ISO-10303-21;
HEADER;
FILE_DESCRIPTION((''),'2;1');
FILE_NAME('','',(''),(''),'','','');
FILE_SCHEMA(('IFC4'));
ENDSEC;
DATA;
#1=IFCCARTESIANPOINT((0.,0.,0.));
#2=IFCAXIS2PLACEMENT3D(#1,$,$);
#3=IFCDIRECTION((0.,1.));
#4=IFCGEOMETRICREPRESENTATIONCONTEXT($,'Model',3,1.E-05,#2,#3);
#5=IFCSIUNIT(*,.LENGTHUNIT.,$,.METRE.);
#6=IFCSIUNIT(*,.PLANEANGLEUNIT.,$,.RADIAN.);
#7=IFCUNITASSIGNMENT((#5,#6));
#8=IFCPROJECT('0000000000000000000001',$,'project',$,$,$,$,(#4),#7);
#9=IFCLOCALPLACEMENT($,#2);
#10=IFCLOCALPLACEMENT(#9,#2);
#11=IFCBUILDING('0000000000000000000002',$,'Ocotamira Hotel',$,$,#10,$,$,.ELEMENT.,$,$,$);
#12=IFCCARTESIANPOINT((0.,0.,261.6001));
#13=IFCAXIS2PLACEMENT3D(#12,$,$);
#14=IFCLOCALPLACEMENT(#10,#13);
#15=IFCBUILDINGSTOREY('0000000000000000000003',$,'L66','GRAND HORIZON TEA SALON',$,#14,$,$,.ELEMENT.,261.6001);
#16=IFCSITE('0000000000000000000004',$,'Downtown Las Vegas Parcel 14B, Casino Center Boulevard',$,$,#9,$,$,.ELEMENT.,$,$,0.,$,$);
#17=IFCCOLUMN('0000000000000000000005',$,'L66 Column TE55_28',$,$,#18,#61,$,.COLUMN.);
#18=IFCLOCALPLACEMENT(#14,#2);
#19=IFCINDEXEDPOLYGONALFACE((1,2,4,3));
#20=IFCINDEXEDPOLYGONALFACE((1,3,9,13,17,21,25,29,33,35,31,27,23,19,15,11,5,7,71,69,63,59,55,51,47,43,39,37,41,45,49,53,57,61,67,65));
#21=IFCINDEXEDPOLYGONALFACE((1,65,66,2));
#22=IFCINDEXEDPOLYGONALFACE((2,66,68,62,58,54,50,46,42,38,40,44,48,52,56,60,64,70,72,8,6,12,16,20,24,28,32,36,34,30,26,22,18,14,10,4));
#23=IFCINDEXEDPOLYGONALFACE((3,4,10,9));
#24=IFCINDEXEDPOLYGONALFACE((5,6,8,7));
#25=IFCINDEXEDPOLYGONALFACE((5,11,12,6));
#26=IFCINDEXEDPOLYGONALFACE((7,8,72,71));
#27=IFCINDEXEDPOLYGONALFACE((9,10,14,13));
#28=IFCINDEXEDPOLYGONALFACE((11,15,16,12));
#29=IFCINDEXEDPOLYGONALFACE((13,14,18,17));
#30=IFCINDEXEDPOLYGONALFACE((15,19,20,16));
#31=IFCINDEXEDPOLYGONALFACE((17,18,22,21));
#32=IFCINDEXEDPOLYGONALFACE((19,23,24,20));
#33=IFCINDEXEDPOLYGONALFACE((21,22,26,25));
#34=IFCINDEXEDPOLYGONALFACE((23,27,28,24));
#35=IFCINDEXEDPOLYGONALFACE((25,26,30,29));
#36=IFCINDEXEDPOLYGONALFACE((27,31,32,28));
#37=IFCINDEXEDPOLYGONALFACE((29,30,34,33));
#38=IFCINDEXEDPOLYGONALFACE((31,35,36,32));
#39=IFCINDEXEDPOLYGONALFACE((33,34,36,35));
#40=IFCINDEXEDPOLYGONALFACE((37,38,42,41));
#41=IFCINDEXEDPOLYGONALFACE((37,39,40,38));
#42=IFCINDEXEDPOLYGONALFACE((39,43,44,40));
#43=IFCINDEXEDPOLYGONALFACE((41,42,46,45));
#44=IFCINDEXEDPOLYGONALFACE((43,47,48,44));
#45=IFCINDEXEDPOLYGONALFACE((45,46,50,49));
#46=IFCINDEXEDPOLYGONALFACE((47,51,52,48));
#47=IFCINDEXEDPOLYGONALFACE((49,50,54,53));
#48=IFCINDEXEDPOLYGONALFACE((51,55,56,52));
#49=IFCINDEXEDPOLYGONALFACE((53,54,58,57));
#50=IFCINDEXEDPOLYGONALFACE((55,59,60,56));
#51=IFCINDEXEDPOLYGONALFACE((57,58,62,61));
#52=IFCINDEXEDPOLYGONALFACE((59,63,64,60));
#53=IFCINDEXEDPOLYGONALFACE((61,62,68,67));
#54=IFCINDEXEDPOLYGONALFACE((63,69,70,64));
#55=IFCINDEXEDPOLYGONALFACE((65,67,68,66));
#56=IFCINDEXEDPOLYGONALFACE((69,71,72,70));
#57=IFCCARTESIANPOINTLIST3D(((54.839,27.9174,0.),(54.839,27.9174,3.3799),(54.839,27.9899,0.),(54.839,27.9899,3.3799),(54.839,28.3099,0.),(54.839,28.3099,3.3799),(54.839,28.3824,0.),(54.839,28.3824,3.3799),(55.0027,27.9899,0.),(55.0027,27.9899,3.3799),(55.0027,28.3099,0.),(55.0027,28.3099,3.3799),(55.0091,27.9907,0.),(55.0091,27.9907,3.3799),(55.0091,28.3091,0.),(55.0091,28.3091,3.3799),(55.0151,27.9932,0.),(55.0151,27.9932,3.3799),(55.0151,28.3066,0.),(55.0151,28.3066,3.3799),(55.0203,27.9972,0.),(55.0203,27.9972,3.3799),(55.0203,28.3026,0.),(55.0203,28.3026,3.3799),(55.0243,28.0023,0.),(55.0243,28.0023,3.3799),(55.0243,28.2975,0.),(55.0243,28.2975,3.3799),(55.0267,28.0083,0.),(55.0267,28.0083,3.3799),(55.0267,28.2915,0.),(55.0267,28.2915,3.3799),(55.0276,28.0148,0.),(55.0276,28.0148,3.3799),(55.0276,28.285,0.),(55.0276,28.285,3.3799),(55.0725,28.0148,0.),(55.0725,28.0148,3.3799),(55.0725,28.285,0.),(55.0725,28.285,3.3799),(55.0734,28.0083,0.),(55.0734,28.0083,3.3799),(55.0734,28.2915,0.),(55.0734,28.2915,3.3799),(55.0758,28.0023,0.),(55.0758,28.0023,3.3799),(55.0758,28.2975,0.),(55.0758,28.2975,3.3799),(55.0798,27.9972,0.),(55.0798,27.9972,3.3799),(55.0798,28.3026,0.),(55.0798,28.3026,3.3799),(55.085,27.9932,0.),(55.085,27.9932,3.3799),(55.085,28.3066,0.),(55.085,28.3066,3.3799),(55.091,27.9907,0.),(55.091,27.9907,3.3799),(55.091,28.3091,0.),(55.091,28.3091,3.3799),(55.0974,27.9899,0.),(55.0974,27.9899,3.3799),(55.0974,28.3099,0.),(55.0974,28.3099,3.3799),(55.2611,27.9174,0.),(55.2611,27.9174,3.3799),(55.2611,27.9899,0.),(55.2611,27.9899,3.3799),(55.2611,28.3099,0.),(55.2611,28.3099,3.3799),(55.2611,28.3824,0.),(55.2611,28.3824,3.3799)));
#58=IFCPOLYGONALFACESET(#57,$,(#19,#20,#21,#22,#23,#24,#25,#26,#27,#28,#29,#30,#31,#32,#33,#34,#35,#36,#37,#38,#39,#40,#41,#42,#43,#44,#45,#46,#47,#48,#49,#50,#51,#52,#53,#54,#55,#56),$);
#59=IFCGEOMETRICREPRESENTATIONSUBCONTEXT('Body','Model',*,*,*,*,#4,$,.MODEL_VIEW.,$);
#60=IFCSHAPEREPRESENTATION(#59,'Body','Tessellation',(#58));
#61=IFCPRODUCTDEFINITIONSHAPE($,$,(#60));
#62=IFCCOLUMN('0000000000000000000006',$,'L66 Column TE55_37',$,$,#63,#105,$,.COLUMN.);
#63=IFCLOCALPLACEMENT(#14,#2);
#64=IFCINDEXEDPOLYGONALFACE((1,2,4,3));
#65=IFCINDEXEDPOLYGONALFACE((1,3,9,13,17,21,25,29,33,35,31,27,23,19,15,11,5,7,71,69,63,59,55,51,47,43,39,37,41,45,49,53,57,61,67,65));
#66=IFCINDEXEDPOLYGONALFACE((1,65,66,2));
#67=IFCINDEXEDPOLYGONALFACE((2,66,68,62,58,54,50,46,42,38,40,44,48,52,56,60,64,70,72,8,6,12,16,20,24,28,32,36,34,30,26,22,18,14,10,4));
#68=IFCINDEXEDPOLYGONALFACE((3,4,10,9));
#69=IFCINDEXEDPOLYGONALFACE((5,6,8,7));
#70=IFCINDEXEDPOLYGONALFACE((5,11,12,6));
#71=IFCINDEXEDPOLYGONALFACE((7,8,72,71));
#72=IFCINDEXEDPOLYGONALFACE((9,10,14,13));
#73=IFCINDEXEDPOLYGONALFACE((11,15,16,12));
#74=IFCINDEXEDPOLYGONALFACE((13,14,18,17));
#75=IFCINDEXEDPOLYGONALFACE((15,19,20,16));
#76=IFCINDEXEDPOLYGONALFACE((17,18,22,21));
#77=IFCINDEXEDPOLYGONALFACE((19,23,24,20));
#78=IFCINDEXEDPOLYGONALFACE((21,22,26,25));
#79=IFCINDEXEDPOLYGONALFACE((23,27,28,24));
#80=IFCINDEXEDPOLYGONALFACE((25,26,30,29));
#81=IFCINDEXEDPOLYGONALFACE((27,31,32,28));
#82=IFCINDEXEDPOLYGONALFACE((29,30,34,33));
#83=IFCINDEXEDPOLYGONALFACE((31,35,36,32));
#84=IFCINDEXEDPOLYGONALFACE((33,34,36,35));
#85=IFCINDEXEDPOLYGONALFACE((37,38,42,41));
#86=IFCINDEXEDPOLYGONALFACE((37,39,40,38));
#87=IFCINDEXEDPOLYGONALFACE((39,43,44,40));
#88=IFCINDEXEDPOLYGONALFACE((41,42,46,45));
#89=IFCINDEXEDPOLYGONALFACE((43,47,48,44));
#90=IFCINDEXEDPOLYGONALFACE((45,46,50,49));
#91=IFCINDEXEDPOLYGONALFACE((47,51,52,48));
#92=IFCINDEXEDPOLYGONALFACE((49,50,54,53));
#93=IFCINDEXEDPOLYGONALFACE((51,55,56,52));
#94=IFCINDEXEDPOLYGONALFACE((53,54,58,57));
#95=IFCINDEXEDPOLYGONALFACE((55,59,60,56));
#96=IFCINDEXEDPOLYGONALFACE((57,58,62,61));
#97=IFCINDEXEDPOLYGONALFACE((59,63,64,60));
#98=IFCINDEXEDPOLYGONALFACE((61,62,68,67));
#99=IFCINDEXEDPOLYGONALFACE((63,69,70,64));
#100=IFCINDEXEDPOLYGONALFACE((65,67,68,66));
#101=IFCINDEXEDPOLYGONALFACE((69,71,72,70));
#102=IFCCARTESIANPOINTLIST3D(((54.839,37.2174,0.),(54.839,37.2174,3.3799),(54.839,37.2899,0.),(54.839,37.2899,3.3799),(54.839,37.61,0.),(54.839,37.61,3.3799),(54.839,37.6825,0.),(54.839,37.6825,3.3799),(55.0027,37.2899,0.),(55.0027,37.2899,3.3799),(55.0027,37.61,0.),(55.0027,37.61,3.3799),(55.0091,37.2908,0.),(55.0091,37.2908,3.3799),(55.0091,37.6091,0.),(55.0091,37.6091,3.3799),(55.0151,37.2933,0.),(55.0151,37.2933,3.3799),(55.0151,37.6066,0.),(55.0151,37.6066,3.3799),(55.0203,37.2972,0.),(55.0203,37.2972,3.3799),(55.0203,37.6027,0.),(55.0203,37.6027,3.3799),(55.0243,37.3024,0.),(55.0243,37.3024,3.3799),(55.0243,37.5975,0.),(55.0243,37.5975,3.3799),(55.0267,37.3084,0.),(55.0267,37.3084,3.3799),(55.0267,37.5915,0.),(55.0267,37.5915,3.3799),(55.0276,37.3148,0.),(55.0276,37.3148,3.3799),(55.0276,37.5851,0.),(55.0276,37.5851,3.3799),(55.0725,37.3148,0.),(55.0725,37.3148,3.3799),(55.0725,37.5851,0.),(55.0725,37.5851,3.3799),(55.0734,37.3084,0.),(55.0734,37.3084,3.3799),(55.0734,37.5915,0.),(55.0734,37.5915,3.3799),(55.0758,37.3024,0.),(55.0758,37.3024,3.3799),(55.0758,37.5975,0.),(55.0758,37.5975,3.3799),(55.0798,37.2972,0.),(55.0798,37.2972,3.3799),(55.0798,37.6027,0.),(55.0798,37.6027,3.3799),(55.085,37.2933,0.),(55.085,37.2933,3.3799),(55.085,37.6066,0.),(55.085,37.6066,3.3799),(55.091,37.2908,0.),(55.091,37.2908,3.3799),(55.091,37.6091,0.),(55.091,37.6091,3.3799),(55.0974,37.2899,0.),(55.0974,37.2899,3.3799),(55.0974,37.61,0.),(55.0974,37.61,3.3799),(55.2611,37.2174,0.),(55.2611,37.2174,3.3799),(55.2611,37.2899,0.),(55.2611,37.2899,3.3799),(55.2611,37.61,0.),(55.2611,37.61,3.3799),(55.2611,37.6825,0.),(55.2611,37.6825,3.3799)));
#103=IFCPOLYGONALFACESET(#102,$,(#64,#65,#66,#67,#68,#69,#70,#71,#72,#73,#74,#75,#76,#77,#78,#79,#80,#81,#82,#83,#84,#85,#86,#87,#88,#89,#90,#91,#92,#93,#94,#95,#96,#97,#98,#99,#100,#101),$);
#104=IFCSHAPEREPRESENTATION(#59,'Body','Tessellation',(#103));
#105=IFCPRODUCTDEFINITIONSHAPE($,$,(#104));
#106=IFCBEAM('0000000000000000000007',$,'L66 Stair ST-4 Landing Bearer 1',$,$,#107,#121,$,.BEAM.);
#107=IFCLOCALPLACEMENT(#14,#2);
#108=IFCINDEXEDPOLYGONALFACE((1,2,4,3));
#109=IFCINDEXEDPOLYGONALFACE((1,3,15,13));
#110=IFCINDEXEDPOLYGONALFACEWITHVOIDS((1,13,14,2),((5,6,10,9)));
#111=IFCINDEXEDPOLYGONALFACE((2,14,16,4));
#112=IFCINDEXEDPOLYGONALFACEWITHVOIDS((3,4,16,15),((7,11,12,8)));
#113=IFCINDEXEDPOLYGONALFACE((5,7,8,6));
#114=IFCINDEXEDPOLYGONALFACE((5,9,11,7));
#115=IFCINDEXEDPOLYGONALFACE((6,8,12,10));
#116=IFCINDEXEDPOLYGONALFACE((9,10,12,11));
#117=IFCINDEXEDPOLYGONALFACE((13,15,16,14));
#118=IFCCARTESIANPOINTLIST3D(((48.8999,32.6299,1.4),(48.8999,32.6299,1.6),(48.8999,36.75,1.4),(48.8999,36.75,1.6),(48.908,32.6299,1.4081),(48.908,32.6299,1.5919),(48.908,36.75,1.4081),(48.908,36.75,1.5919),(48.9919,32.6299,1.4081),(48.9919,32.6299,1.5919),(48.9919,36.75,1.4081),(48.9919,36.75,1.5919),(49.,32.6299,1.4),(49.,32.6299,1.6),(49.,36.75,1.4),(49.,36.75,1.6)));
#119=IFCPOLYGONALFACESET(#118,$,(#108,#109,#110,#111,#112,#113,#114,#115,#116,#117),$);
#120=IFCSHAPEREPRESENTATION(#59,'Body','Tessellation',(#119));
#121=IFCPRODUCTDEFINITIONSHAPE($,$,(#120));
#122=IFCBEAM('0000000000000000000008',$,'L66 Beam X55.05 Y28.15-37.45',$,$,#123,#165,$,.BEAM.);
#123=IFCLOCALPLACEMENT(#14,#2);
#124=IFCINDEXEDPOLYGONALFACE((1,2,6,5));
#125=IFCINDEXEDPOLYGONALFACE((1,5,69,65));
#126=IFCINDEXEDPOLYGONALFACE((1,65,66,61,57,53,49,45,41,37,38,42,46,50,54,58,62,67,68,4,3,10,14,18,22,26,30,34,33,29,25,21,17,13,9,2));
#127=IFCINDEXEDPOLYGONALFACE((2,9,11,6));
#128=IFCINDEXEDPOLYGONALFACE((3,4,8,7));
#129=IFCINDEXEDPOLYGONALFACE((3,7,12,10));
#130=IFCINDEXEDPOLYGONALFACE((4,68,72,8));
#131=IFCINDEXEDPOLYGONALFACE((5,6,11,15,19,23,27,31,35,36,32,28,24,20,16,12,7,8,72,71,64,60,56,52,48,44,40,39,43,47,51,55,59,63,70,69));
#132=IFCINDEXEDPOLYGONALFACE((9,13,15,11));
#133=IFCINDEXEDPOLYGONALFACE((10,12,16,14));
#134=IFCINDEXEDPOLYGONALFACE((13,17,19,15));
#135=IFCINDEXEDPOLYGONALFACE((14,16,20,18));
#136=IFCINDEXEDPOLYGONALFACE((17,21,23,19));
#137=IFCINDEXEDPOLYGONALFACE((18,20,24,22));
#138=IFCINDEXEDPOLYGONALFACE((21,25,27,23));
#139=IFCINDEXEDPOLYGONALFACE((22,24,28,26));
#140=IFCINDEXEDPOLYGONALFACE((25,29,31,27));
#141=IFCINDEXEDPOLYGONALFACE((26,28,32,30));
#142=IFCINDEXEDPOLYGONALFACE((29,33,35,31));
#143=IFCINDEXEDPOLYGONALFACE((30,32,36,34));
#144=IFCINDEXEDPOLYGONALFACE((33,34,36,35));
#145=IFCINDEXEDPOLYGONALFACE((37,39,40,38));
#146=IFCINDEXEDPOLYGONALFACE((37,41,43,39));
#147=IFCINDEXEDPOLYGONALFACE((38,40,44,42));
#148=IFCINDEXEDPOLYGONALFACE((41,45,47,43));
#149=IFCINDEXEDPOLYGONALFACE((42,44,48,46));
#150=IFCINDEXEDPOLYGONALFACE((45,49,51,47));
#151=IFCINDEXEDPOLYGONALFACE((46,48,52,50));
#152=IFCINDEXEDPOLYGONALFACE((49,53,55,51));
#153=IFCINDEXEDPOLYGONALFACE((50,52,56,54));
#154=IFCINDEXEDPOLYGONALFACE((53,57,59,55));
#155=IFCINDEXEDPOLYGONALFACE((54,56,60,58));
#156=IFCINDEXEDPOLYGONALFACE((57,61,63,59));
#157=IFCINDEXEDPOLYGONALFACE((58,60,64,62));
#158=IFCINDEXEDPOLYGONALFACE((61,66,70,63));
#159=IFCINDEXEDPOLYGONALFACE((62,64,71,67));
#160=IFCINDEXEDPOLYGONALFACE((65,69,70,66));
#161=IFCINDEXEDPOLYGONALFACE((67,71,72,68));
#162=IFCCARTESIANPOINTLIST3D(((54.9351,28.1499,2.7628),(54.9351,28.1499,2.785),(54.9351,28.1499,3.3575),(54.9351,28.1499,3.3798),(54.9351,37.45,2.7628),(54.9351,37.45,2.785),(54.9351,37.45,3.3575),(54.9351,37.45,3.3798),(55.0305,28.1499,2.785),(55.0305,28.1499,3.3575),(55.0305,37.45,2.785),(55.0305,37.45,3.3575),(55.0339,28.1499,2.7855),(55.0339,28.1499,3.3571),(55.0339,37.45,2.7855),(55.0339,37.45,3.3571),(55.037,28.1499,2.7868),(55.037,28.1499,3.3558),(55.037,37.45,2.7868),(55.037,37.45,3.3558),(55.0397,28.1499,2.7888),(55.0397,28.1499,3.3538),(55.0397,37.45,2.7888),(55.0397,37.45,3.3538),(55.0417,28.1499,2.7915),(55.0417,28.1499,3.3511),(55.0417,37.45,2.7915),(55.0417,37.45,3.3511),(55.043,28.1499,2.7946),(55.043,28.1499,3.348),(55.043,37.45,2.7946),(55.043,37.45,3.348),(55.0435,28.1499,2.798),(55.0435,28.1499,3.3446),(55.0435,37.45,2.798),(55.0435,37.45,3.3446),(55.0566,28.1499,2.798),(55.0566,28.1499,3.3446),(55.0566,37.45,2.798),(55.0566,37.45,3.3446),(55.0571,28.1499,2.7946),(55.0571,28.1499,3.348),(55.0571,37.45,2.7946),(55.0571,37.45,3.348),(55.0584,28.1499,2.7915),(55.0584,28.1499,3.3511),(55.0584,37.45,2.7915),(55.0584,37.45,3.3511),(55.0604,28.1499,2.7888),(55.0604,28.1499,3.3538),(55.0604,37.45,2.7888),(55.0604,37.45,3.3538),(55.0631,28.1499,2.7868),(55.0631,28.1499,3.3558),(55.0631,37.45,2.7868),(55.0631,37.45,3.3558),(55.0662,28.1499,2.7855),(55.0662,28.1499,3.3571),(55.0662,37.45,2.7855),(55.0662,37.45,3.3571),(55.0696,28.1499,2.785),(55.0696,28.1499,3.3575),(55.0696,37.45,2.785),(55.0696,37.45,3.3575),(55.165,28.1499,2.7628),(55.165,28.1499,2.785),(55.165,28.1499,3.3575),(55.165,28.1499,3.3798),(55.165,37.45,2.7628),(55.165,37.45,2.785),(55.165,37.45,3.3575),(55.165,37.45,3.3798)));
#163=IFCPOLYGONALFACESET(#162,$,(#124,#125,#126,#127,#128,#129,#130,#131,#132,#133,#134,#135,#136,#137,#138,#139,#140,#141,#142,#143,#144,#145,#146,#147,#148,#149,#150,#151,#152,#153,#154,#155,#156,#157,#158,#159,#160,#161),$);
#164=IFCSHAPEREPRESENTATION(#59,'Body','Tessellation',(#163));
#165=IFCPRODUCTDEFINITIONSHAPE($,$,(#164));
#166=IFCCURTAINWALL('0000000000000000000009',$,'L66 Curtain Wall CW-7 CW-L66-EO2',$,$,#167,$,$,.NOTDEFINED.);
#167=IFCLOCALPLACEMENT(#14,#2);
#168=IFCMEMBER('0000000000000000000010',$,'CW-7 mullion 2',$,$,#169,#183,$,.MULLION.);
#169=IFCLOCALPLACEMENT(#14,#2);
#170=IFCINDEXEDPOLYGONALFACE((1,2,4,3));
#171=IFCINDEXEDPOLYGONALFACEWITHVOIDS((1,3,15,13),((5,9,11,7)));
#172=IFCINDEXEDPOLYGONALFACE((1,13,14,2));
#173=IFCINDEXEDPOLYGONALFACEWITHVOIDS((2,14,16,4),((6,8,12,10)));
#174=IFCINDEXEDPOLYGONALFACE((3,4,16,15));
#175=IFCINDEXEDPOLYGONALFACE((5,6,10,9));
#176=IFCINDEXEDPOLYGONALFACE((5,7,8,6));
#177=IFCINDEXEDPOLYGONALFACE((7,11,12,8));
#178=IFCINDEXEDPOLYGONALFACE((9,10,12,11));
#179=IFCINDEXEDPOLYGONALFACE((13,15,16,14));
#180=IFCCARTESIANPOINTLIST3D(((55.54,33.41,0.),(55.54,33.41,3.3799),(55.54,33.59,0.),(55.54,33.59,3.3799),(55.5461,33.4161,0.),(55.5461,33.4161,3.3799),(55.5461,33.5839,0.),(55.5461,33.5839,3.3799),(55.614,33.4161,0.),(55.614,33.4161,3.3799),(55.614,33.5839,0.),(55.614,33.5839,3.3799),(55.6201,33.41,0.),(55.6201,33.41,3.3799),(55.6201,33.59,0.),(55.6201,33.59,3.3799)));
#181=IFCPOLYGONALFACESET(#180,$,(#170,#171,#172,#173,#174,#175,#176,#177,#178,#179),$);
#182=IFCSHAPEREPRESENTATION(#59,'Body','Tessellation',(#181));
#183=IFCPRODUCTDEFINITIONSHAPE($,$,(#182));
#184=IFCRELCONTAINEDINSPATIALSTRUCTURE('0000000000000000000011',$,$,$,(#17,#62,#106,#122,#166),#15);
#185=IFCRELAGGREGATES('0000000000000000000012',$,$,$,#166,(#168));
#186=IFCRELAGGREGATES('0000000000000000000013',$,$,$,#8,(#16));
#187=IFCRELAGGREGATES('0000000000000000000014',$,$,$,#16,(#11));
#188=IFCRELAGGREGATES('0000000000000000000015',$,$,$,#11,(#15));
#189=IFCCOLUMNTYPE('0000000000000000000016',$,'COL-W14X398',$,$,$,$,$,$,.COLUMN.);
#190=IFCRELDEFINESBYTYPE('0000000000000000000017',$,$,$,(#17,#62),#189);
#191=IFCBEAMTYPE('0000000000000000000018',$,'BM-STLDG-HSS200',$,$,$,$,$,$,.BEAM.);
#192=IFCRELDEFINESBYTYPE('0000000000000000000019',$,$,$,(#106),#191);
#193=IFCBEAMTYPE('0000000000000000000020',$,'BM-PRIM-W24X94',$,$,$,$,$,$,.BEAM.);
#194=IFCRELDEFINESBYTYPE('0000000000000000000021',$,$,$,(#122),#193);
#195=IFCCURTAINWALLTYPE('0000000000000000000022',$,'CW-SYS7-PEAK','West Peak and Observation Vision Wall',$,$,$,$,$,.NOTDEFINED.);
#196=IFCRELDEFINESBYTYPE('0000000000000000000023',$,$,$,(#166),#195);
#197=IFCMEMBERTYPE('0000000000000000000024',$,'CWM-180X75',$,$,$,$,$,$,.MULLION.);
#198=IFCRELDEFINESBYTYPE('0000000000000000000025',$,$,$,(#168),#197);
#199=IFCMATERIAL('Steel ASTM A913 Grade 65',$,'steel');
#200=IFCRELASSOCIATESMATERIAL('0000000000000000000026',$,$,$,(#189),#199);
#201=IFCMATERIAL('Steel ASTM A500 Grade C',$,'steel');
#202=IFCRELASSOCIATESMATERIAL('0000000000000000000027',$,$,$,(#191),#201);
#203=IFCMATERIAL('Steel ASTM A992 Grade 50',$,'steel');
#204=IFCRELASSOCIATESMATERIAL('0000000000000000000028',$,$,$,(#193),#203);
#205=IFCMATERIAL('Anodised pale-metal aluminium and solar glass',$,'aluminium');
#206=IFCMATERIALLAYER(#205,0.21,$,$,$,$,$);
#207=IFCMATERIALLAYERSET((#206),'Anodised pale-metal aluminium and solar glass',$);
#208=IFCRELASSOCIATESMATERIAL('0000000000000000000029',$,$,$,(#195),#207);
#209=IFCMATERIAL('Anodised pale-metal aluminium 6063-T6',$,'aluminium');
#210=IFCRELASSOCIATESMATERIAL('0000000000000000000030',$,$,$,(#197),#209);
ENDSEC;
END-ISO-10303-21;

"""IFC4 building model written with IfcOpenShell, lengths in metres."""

from ifc_helpers import new_model, si_unit, direction, frame, origin, origin_2d, place, context, subcontext, project, spatial, hollow_rectangle, i_section, extrude, source, transform, mapped, material, layer, layer_set, material_profile, profile_set, type_object, element, aggregate, save


model = new_model("IFC4")

# Units and contexts
model_context = context("Model", 3, precision=1e-05, world=origin(), true_north=direction((0.0, 1.0)))
body_context = subcontext(model_context, "Body", "Model", "MODEL_VIEW")
ifc_project = project(units=[si_unit("LENGTHUNIT", "METRE"), si_unit("PLANEANGLEUNIT", "RADIAN")], contexts=[model_context])

# Site, building, storey
site_placement = place(None, origin())
site = spatial("IfcSite", under=ifc_project, at=site_placement, Name="Downtown Las Vegas Parcel 14B, Casino Center Boulevard", CompositionType="ELEMENT", RefElevation=0.0)
building_placement = place(site_placement, origin())
building = spatial("IfcBuilding", under=site, at=building_placement, Name="Ocotamira Hotel", CompositionType="ELEMENT")
storey_placement = place(building_placement, frame((0.0, 0.0, 261.6001)))
storey = spatial("IfcBuildingStorey", under=building, at=storey_placement, Name="L66", Description="GRAND HORIZON TEA SALON", CompositionType="ELEMENT", Elevation=261.6001)

# Columns
ifc_material_1 = material(Name="Steel ASTM A913 Grade 65", Category="steel")
ifc_material_profile_1 = material_profile(ifc_material_1, i_section(OverallWidth=0.4221, OverallDepth=0.4651, WebThickness=0.0449, FlangeThickness=0.0725, FilletRadius=0.0249, at=origin_2d()), Name="W14X398")
ifc_profile_set_1 = profile_set([ifc_material_profile_1], Name="Steel ASTM A913 Grade 65")
column_type = type_object("IfcColumnType", Name="COL-W14X398", PredefinedType="COLUMN", material=ifc_profile_set_1)
shared_shape_1 = source(origin(), body_context, "Body", "SweptSolid", [
    extrude(i_section(OverallWidth=0.4221, OverallDepth=0.4651, WebThickness=0.0449, FlangeThickness=0.0725, FilletRadius=0.0249, at=origin_2d()), origin(), (0.0, 0.0, 1.0), 3.3799),
])
for number, where, z_axis, x_axis, name in (
    (1, (55.05, 28.1499, 0.0), (0.0, 0.0, 1.0), (1.0, 0.0, 0.0), "L66 Column TE55_28"),
    (2, (55.05, 37.45, 0.0), (0.0, 0.0, 1.0), (1.0, 0.0, 0.0), "L66 Column TE55_37"),
):
    element("IfcColumn", number, at=place(storey_placement, frame(where, z_axis=z_axis, x_axis=x_axis)), inside=storey, type_object=column_type, Name=name, PredefinedType="COLUMN", context=body_context, shape_type="MappedRepresentation", body=[
        mapped(shared_shape_1, transform((0.0, 0.0, 0.0), scale=1.0)),
    ])

# Beams
ifc_material_2 = material(Name="Steel ASTM A500 Grade C", Category="steel")
ifc_material_profile_2 = material_profile(ifc_material_2, hollow_rectangle(XDim=0.1001, YDim=0.2, WallThickness=0.0081, at=origin_2d()), Name="HSS200X100X8")
ifc_profile_set_2 = profile_set([ifc_material_profile_2], Name="Steel ASTM A500 Grade C")
beam_type_1 = type_object("IfcBeamType", Name="BM-STLDG-HSS200", PredefinedType="BEAM", material=ifc_profile_set_2)
shared_shape_2 = source(origin(), body_context, "Body", "SweptSolid", [
    extrude(hollow_rectangle(XDim=0.1001, YDim=0.2, WallThickness=0.0081, at=origin_2d()), origin(), (0.0, 0.0, 1.0), 4.1201),
])
beam_1_placement = place(storey_placement, frame((48.95, 32.6299, 1.5), z_axis=(0.0, 1.0, 0.0), x_axis=(-1.0, 0.0, 0.0)))
element("IfcBeam", 3, at=beam_1_placement, inside=storey, type_object=beam_type_1, Name="L66 Stair ST-4 Landing Bearer 1", PredefinedType="BEAM", context=body_context, shape_type="MappedRepresentation", body=[
    mapped(shared_shape_2, transform((0.0, 0.0, 0.0), scale=1.0)),
])
ifc_material_3 = material(Name="Steel ASTM A992 Grade 50", Category="steel")
ifc_material_profile_3 = material_profile(ifc_material_3, i_section(OverallWidth=0.23, OverallDepth=0.6169, WebThickness=0.0132, FlangeThickness=0.0222, FilletRadius=0.0129, at=origin_2d()), Name="W24X94")
ifc_profile_set_3 = profile_set([ifc_material_profile_3], Name="Steel ASTM A992 Grade 50")
beam_type_2 = type_object("IfcBeamType", Name="BM-PRIM-W24X94", PredefinedType="BEAM", material=ifc_profile_set_3)
shared_shape_3 = source(origin(), body_context, "Body", "SweptSolid", [
    extrude(i_section(OverallWidth=0.23, OverallDepth=0.6169, WebThickness=0.0132, FlangeThickness=0.0222, FilletRadius=0.0129, at=origin_2d()), origin(), (0.0, 0.0, 1.0), 9.3),
])
beam_2_placement = place(storey_placement, frame((55.05, 28.1499, 3.0713), z_axis=(0.0, 1.0, 0.0), x_axis=(-1.0, 0.0, 0.0)))
element("IfcBeam", 4, at=beam_2_placement, inside=storey, type_object=beam_type_2, Name="L66 Beam X55.05 Y28.15-37.45", PredefinedType="BEAM", context=body_context, shape_type="MappedRepresentation", body=[
    mapped(shared_shape_3, transform((0.0, 0.0, 0.0), scale=1.0)),
])

# Curtain wall, member
ifc_material_4 = material(Name="Anodised pale-metal aluminium and solar glass", Category="aluminium")
ifc_layer_1 = layer(ifc_material_4, 0.21)
ifc_layer_set_1 = layer_set([ifc_layer_1], Name="Anodised pale-metal aluminium and solar glass")
curtain_wall_type = type_object("IfcCurtainWallType", Name="CW-SYS7-PEAK", Description="West Peak and Observation Vision Wall", PredefinedType="NOTDEFINED", material=ifc_layer_set_1)
curtain_wall_placement = place(storey_placement, origin())
curtain_wall = element("IfcCurtainWall", 5, at=curtain_wall_placement, inside=storey, type_object=curtain_wall_type, Name="L66 Curtain Wall CW-7 CW-L66-EO2", PredefinedType="NOTDEFINED")
ifc_material_5 = material(Name="Anodised pale-metal aluminium 6063-T6", Category="aluminium")
ifc_material_profile_4 = material_profile(ifc_material_5, hollow_rectangle(XDim=0.0801, YDim=0.1799, WallThickness=0.0061, at=origin_2d()), Name="HSS180X80X6")
ifc_profile_set_4 = profile_set([ifc_material_profile_4], Name="Anodised pale-metal aluminium 6063-T6")
member_type_1 = type_object("IfcMemberType", Name="CWM-180X75", PredefinedType="MULLION", material=ifc_profile_set_4)
shared_shape_4 = source(origin(), body_context, "Body", "SweptSolid", [
    extrude(hollow_rectangle(XDim=0.0801, YDim=0.1799, WallThickness=0.0061, at=origin_2d()), origin(), (0.0, 0.0, 1.0), 3.3799),
])
member_1_placement = place(storey_placement, frame((55.5801, 33.5, 0.0), z_axis=(0.0, 0.0, 1.0), x_axis=(-1.0, 0.0, 0.0)))
member_1 = element("IfcMember", 6, at=member_1_placement, type_object=member_type_1, Name="CW-7 mullion 2", PredefinedType="MULLION", context=body_context, shape_type="MappedRepresentation", body=[
    mapped(shared_shape_4, transform((0.0, 0.0, 0.0), scale=1.0)),
])
aggregate(curtain_wall, [member_1])

save(model, "model.ifc")
